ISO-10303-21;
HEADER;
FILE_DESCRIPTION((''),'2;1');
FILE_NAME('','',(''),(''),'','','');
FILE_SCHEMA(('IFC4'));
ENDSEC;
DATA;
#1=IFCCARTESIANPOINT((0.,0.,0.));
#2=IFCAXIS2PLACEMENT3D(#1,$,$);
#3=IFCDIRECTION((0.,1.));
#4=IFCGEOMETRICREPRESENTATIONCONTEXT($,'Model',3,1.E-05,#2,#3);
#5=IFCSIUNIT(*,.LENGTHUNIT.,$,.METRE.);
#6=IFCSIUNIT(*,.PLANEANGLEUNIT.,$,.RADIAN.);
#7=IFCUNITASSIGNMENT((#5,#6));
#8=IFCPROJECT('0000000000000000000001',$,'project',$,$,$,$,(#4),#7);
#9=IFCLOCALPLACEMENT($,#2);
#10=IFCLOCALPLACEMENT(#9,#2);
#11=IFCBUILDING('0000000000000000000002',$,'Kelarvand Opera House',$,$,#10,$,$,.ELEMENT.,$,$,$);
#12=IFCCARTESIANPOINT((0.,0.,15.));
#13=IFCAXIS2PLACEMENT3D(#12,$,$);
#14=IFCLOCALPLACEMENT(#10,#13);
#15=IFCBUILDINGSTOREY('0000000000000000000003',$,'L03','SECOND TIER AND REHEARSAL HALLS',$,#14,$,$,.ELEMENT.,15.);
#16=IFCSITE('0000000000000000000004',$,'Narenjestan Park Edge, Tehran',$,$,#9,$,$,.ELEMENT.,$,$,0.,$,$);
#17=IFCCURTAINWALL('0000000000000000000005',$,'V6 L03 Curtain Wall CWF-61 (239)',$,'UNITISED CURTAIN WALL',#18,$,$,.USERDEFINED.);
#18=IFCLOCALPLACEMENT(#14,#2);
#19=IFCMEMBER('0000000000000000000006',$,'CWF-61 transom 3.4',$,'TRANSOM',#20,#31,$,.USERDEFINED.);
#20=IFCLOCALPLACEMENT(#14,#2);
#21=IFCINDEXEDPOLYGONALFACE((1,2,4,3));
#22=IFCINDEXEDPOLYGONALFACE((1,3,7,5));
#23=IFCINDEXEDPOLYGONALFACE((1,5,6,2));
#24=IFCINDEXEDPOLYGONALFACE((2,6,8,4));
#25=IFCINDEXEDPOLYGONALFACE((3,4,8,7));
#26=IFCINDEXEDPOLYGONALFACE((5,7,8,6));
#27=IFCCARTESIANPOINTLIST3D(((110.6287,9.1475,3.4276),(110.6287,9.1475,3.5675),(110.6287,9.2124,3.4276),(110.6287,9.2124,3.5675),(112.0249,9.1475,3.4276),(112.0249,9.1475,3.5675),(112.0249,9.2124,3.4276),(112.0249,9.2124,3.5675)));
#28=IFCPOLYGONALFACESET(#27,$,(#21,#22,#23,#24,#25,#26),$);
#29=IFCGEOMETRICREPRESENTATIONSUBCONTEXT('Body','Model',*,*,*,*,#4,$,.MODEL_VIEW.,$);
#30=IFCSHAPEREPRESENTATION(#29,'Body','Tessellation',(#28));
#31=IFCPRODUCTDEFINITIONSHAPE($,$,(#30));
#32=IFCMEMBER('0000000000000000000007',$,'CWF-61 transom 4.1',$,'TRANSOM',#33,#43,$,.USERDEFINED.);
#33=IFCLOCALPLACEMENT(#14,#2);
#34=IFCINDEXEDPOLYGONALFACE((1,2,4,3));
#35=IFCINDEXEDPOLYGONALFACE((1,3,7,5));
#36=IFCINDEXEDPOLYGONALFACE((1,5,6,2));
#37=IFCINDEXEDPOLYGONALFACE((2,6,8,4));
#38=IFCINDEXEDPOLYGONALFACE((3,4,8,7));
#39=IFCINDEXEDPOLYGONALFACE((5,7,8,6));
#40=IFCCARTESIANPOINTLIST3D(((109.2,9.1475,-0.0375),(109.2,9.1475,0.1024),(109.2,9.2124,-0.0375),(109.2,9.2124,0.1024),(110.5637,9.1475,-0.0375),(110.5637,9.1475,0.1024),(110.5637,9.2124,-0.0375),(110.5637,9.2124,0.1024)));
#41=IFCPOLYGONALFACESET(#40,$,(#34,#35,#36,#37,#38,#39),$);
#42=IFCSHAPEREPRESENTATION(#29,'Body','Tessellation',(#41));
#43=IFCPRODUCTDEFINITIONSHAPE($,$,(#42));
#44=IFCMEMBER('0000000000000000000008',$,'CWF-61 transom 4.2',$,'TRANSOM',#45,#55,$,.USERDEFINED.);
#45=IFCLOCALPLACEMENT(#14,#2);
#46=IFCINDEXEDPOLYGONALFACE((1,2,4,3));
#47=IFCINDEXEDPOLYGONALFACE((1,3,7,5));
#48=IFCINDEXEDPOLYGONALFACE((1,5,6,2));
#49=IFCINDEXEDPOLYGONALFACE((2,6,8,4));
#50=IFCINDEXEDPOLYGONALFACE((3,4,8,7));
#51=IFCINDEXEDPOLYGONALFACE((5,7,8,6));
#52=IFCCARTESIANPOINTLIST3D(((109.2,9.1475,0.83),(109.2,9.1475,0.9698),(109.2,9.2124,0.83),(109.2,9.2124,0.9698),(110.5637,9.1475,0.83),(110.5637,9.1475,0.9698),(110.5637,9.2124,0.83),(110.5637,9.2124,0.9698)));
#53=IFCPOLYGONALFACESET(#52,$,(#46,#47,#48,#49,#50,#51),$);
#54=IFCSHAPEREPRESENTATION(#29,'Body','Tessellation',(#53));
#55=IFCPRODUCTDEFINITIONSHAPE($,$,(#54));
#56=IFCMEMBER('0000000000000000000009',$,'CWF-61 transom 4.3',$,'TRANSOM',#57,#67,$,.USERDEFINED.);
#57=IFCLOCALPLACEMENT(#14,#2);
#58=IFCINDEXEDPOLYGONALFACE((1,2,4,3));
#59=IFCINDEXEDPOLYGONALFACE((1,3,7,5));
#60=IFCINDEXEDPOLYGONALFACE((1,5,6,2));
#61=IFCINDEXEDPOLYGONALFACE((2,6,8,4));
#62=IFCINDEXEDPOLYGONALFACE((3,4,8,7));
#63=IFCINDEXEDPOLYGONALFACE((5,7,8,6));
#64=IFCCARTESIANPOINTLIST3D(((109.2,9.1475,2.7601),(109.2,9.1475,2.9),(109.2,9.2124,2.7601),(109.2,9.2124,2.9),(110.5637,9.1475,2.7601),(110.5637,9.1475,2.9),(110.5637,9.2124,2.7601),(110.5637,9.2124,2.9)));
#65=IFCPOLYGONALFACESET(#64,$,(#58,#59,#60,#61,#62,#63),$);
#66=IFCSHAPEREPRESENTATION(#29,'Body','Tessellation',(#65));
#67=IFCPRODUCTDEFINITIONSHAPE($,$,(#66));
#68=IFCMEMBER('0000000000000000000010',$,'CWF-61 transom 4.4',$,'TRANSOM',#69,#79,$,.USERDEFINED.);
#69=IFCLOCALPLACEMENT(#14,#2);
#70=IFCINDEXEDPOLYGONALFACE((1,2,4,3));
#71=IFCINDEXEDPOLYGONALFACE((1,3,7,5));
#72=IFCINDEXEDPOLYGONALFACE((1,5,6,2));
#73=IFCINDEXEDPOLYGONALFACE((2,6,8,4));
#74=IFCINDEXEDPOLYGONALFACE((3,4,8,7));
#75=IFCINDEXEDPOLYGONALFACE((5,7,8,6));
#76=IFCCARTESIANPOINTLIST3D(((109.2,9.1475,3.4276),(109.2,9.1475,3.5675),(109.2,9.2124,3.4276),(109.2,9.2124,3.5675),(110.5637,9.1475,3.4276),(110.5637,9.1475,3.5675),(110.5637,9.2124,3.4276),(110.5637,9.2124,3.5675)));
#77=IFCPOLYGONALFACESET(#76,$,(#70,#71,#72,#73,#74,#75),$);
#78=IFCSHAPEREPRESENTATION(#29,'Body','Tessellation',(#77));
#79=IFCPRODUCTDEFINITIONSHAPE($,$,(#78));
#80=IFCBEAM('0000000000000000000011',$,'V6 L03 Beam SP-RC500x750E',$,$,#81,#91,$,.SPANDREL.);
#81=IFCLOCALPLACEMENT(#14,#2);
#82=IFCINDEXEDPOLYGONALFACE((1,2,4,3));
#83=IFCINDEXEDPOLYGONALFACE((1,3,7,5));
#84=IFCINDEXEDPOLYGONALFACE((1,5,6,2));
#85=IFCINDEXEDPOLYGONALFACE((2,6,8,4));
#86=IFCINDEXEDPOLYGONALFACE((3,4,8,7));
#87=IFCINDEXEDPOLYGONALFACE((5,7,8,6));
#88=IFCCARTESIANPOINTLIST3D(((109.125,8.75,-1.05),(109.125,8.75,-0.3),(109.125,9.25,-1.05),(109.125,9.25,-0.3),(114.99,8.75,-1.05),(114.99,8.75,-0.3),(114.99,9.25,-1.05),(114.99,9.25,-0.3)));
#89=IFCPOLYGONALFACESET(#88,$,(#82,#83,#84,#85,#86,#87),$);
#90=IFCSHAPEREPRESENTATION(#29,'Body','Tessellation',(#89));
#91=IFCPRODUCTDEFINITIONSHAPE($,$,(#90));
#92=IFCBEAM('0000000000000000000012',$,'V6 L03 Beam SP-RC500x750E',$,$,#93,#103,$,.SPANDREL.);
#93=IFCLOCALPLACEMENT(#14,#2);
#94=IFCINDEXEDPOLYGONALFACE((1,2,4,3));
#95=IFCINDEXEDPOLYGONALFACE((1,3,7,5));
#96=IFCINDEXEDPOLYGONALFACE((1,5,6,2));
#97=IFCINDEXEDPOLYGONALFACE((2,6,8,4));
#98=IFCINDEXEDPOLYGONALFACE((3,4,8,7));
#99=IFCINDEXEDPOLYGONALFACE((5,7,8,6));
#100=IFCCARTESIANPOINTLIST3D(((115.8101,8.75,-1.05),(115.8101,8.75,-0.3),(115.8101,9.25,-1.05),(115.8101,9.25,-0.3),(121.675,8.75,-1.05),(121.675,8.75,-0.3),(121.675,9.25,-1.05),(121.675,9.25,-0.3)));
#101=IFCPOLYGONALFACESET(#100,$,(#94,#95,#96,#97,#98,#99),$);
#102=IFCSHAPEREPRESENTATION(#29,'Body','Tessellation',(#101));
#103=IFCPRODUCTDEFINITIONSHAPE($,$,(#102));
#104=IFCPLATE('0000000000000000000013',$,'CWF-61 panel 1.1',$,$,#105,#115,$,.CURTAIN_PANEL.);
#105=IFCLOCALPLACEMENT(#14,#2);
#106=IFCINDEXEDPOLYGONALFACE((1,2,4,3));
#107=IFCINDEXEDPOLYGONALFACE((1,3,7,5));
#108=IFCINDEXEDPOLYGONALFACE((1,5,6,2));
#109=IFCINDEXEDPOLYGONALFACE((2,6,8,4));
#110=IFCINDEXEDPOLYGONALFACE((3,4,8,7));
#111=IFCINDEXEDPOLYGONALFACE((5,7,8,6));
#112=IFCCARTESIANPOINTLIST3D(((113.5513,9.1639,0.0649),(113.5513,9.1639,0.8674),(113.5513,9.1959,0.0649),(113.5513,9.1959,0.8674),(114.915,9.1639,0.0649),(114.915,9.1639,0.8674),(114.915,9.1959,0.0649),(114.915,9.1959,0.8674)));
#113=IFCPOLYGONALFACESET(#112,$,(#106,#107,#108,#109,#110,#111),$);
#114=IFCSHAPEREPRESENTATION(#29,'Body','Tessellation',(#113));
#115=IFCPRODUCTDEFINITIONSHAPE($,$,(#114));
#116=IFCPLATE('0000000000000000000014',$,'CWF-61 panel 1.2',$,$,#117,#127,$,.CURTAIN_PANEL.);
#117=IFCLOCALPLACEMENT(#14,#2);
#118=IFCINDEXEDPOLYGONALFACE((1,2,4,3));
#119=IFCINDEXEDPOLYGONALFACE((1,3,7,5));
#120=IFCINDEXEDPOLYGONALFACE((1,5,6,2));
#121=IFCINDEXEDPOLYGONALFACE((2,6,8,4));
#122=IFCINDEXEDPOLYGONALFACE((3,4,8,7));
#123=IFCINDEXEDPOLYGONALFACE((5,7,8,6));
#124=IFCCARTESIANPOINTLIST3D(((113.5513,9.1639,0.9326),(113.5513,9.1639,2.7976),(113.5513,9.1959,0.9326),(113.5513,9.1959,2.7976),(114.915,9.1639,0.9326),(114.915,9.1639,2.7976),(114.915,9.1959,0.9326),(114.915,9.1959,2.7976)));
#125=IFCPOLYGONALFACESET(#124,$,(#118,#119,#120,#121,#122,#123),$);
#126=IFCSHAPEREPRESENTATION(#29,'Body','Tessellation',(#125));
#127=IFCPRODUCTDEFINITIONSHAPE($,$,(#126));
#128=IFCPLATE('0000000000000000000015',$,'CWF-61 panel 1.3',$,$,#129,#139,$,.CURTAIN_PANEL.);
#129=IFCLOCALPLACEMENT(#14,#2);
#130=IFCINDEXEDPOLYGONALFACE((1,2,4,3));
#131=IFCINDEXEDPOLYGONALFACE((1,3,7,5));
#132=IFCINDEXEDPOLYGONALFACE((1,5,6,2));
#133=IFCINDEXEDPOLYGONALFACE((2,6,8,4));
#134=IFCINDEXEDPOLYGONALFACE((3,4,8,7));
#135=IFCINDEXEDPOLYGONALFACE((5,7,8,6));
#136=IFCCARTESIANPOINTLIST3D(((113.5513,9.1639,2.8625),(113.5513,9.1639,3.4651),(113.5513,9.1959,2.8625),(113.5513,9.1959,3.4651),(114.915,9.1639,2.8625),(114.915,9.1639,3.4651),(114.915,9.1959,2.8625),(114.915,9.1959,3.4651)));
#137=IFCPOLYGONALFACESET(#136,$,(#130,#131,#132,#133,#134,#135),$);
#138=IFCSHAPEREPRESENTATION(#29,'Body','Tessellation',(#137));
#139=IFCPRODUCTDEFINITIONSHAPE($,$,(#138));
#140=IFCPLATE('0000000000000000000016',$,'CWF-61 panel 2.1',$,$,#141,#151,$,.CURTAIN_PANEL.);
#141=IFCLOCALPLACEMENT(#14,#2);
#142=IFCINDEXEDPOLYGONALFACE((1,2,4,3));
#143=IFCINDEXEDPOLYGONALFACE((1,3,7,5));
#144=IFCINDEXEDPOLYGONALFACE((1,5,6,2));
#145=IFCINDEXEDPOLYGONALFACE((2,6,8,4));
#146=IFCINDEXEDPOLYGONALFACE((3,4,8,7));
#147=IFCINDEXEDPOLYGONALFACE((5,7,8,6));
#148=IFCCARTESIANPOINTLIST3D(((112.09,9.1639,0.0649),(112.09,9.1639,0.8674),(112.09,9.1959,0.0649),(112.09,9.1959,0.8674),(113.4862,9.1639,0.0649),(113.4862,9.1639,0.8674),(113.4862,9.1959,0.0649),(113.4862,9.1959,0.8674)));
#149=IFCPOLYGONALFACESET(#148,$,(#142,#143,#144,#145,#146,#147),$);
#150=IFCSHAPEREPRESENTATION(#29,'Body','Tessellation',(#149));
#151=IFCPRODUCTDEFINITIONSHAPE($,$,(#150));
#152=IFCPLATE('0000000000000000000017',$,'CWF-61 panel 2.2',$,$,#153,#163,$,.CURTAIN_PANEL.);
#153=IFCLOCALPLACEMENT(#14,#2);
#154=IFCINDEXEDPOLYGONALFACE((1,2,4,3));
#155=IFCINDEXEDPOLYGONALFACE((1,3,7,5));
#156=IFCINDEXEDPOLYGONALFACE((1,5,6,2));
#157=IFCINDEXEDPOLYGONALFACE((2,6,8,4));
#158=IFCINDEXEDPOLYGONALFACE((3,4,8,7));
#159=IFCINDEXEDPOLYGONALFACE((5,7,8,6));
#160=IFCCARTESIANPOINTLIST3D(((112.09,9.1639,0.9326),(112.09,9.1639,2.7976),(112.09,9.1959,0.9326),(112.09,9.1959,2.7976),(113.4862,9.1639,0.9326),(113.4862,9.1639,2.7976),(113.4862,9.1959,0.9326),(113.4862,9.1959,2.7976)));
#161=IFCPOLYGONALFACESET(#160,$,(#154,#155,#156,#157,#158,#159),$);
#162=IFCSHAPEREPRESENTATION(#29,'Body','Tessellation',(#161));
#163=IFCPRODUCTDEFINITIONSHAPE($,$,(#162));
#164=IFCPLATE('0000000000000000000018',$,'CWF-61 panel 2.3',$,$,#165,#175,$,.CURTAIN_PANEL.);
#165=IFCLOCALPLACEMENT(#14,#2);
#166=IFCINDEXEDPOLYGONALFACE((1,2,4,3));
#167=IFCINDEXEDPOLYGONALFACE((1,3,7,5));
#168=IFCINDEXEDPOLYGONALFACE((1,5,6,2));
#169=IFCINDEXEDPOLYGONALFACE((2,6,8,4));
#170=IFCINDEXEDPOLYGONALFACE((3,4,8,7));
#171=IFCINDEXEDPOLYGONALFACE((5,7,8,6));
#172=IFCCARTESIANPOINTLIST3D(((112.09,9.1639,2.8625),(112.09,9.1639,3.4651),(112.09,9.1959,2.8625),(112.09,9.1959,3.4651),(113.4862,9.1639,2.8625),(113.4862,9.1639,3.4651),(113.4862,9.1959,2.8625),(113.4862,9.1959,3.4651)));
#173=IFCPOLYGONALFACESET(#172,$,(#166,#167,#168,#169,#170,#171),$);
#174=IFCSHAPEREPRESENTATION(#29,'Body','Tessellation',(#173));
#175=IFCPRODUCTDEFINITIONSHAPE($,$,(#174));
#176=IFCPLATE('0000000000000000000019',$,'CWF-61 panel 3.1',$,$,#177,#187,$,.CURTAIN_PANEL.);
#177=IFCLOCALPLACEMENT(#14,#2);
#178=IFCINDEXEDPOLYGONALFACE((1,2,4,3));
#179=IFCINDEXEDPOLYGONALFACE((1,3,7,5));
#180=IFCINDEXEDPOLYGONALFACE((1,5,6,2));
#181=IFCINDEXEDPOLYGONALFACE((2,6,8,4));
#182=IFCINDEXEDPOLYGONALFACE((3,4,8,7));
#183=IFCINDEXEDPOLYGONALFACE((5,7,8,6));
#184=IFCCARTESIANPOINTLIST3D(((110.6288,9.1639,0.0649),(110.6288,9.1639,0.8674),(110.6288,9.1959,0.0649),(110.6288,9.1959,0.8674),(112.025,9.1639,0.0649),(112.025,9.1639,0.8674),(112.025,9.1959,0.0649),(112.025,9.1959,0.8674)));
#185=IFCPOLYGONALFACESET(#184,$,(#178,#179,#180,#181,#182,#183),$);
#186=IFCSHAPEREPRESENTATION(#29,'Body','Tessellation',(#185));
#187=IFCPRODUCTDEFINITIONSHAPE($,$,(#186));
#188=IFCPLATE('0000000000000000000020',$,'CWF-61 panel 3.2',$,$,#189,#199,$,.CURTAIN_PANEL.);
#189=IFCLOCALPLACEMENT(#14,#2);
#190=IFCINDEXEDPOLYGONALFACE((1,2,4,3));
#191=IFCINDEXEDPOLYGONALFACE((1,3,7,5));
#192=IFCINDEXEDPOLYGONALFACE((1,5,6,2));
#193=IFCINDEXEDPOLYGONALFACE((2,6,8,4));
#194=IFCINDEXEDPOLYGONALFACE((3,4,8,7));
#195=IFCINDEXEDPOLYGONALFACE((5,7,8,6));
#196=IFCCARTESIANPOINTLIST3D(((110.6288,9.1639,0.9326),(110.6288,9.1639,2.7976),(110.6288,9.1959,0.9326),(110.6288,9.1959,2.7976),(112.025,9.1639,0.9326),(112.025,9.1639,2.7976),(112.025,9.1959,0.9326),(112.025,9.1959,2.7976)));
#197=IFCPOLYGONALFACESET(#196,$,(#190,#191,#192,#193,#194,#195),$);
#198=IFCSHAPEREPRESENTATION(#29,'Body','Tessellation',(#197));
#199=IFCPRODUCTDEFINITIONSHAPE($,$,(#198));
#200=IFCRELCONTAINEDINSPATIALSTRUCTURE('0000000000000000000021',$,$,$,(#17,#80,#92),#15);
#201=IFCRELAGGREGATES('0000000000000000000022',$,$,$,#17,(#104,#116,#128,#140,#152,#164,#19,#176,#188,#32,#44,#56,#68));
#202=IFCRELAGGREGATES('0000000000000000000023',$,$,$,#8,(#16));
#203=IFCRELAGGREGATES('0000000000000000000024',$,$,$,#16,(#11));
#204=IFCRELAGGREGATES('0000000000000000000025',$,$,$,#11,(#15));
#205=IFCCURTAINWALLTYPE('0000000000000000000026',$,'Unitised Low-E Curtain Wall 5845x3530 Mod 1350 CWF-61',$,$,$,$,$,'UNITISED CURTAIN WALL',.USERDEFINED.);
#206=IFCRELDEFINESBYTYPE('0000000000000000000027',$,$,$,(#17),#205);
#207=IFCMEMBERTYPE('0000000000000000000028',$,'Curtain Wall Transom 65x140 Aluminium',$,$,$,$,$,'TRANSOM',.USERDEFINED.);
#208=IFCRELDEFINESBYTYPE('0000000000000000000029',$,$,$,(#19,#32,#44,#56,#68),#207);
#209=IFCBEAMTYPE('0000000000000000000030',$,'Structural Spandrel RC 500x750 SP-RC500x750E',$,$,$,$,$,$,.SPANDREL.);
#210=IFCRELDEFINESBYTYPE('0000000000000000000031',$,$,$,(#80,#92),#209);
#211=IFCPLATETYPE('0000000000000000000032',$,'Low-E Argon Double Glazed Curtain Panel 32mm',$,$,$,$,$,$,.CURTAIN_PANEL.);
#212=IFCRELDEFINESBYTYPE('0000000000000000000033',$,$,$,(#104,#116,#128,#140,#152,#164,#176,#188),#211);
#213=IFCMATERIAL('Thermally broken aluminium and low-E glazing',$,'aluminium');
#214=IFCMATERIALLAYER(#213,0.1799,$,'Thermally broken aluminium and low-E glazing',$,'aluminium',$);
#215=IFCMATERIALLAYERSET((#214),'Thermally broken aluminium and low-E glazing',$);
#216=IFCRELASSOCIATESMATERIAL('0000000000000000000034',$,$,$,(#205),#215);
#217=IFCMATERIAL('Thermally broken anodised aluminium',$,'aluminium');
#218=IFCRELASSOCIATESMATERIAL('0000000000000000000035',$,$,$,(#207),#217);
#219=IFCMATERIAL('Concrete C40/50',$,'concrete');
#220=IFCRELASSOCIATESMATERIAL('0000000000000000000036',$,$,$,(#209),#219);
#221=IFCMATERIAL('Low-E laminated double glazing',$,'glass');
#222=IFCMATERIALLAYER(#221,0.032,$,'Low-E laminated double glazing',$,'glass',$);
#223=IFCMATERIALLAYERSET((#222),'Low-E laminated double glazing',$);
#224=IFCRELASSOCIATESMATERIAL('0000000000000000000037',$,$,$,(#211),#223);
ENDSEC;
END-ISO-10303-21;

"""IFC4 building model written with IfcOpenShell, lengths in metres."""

from ifc_helpers import new_model, si_unit, direction, frame, origin, origin_2d, place, context, subcontext, project, spatial, rectangle, extrude, material, layer, layer_set, material_profile, profile_set, type_object, element, aggregate, save


model = new_model("IFC4")

# Units and contexts
model_context = context("Model", 3, precision=1e-05, world=origin(), true_north=direction((0.0, 1.0)))
body_context = subcontext(model_context, "Body", "Model", "MODEL_VIEW")
ifc_project = project(units=[si_unit("LENGTHUNIT", "METRE"), si_unit("PLANEANGLEUNIT", "RADIAN")], contexts=[model_context])

# Site, building, storey
site_placement = place(None, origin())
site = spatial("IfcSite", under=ifc_project, at=site_placement, Name="Narenjestan Park Edge, Tehran", CompositionType="ELEMENT", RefElevation=0.0)
building_placement = place(site_placement, origin())
building = spatial("IfcBuilding", under=site, at=building_placement, Name="Kelarvand Opera House", CompositionType="ELEMENT")
storey_placement = place(building_placement, frame((0.0, 0.0, 15.0)))
storey = spatial("IfcBuildingStorey", under=building, at=storey_placement, Name="L03", Description="SECOND TIER AND REHEARSAL HALLS", CompositionType="ELEMENT", Elevation=15.0)

# Shared definitions
ifc_material_1 = material(Name="Concrete C40/50", Category="concrete")

# Curtain wall, members
ifc_material_2 = material(Name="Thermally broken aluminium and low-E glazing", Category="aluminium")
ifc_layer_1 = layer(ifc_material_2, 0.1799, Name="Thermally broken aluminium and low-E glazing", Category="aluminium")
ifc_layer_set_1 = layer_set([ifc_layer_1], Name="Thermally broken aluminium and low-E glazing")
curtain_wall_type = type_object("IfcCurtainWallType", Name="Unitised Low-E Curtain Wall 5845x3530 Mod 1350 CWF-61", ElementType="UNITISED CURTAIN WALL", PredefinedType="USERDEFINED", material=ifc_layer_set_1)
curtain_wall_placement = place(storey_placement, origin())
curtain_wall = element("IfcCurtainWall", 1, at=curtain_wall_placement, inside=storey, type_object=curtain_wall_type, Name="V6 L03 Curtain Wall CWF-61 (239)", ObjectType="UNITISED CURTAIN WALL", PredefinedType="USERDEFINED")
ifc_material_3 = material(Name="Thermally broken anodised aluminium", Category="aluminium")
ifc_material_profile_1 = material_profile(ifc_material_3, rectangle(XDim=0.0649, YDim=0.1399, at=origin_2d()), Name="ALU TRANSOM 65x140", Category="aluminium")
ifc_profile_set_1 = profile_set([ifc_material_profile_1], Name="Thermally broken anodised aluminium")
member_type_1 = type_object("IfcMemberType", Name="Curtain Wall Transom 65x140 Aluminium", ElementType="TRANSOM", PredefinedType="USERDEFINED", material=ifc_profile_set_1)
member_1_placement = place(storey_placement, frame((112.0249, 9.1799, 3.4976), z_axis=(-1.0, 0.0, 0.0), x_axis=(0.0, -1.0, 0.0)))
member_1 = element("IfcMember", 2, at=member_1_placement, type_object=member_type_1, Name="CWF-61 transom 3.4", ObjectType="TRANSOM", PredefinedType="USERDEFINED", context=body_context, shape_type="SweptSolid", body=[
    extrude(rectangle(XDim=0.0649, YDim=0.1399, at=origin_2d()), origin(), (0.0, 0.0, 1.0), 1.3962),
])
member_2_placement = place(storey_placement, frame((110.5637, 9.1799, 0.0325), z_axis=(-1.0, 0.0, 0.0), x_axis=(0.0, -1.0, 0.0)))
member_2 = element("IfcMember", 3, at=member_2_placement, type_object=member_type_1, Name="CWF-61 transom 4.1", ObjectType="TRANSOM", PredefinedType="USERDEFINED", context=body_context, shape_type="SweptSolid", body=[
    extrude(rectangle(XDim=0.0649, YDim=0.1399, at=origin_2d()), origin(), (0.0, 0.0, 1.0), 1.3638),
])
member_3_placement = place(storey_placement, frame((110.5637, 9.1799, 0.8999), z_axis=(-1.0, 0.0, 0.0), x_axis=(0.0, -1.0, 0.0)))
member_3 = element("IfcMember", 4, at=member_3_placement, type_object=member_type_1, Name="CWF-61 transom 4.2", ObjectType="TRANSOM", PredefinedType="USERDEFINED", context=body_context, shape_type="SweptSolid", body=[
    extrude(rectangle(XDim=0.0649, YDim=0.1399, at=origin_2d()), origin(), (0.0, 0.0, 1.0), 1.3638),
])
member_4_placement = place(storey_placement, frame((110.5637, 9.1799, 2.8301), z_axis=(-1.0, 0.0, 0.0), x_axis=(0.0, -1.0, 0.0)))
member_4 = element("IfcMember", 5, at=member_4_placement, type_object=member_type_1, Name="CWF-61 transom 4.3", ObjectType="TRANSOM", PredefinedType="USERDEFINED", context=body_context, shape_type="SweptSolid", body=[
    extrude(rectangle(XDim=0.0649, YDim=0.1399, at=origin_2d()), origin(), (0.0, 0.0, 1.0), 1.3638),
])
member_5_placement = place(storey_placement, frame((110.5637, 9.1799, 3.4976), z_axis=(-1.0, 0.0, 0.0), x_axis=(0.0, -1.0, 0.0)))
member_5 = element("IfcMember", 6, at=member_5_placement, type_object=member_type_1, Name="CWF-61 transom 4.4", ObjectType="TRANSOM", PredefinedType="USERDEFINED", context=body_context, shape_type="SweptSolid", body=[
    extrude(rectangle(XDim=0.0649, YDim=0.1399, at=origin_2d()), origin(), (0.0, 0.0, 1.0), 1.3638),
])

# Beams
ifc_material_profile_2 = material_profile(ifc_material_1, rectangle(XDim=0.5, YDim=0.75, at=origin_2d()), Name="RC 500x750", Category="concrete")
ifc_profile_set_2 = profile_set([ifc_material_profile_2], Name="Concrete C40/50")
beam_type = type_object("IfcBeamType", Name="Structural Spandrel RC 500x750 SP-RC500x750E", PredefinedType="SPANDREL", material=ifc_profile_set_2)
for number, where, z_axis, x_axis, name in (
    (7, (109.125, 9.0, -0.675), (1.0, 0.0, 0.0), (0.0, 1.0, 0.0), "V6 L03 Beam SP-RC500x750E"),
    (8, (115.8101, 9.0, -0.675), (1.0, 0.0, 0.0), (0.0, 1.0, 0.0), "V6 L03 Beam SP-RC500x750E"),
):
    element("IfcBeam", number, at=place(storey_placement, frame(where, z_axis=z_axis, x_axis=x_axis)), inside=storey, type_object=beam_type, Name=name, PredefinedType="SPANDREL", context=body_context, shape_type="SweptSolid", body=[
        extrude(rectangle(XDim=0.5, YDim=0.75, at=origin_2d()), origin(), (0.0, 0.0, 1.0), 5.865),
    ])

# Plates
ifc_material_4 = material(Name="Low-E laminated double glazing", Category="glass")
ifc_layer_2 = layer(ifc_material_4, 0.032, Name="Low-E laminated double glazing", Category="glass")
ifc_layer_set_2 = layer_set([ifc_layer_2], Name="Low-E laminated double glazing")
plate_type = type_object("IfcPlateType", Name="Low-E Argon Double Glazed Curtain Panel 32mm", PredefinedType="CURTAIN_PANEL", material=ifc_layer_set_2)
plate_1_placement = place(storey_placement, frame((114.2332, 9.1799, 0.0649), z_axis=(0.0, 0.0, 1.0), x_axis=(-1.0, 0.0, 0.0)))
plate_1 = element("IfcPlate", 9, at=plate_1_placement, type_object=plate_type, Name="CWF-61 panel 1.1", PredefinedType="CURTAIN_PANEL", context=body_context, shape_type="SweptSolid", body=[
    extrude(rectangle(XDim=1.3638, YDim=0.032, at=origin_2d()), origin(), (0.0, 0.0, 1.0), 0.8025),
])
plate_2_placement = place(storey_placement, frame((114.2332, 9.1799, 0.9326), z_axis=(0.0, 0.0, 1.0), x_axis=(-1.0, 0.0, 0.0)))
plate_2 = element("IfcPlate", 10, at=plate_2_placement, type_object=plate_type, Name="CWF-61 panel 1.2", PredefinedType="CURTAIN_PANEL", context=body_context, shape_type="SweptSolid", body=[
    extrude(rectangle(XDim=1.3638, YDim=0.032, at=origin_2d()), origin(), (0.0, 0.0, 1.0), 1.865),
])
plate_3_placement = place(storey_placement, frame((114.2332, 9.1799, 2.8625), z_axis=(0.0, 0.0, 1.0), x_axis=(-1.0, 0.0, 0.0)))
plate_3 = element("IfcPlate", 11, at=plate_3_placement, type_object=plate_type, Name="CWF-61 panel 1.3", PredefinedType="CURTAIN_PANEL", context=body_context, shape_type="SweptSolid", body=[
    extrude(rectangle(XDim=1.3638, YDim=0.032, at=origin_2d()), origin(), (0.0, 0.0, 1.0), 0.6025),
])
plate_4_placement = place(storey_placement, frame((112.7881, 9.1799, 0.0649), z_axis=(0.0, 0.0, 1.0), x_axis=(-1.0, 0.0, 0.0)))
plate_4 = element("IfcPlate", 12, at=plate_4_placement, type_object=plate_type, Name="CWF-61 panel 2.1", PredefinedType="CURTAIN_PANEL", context=body_context, shape_type="SweptSolid", body=[
    extrude(rectangle(XDim=1.3962, YDim=0.032, at=origin_2d()), origin(), (0.0, 0.0, 1.0), 0.8025),
])
plate_5_placement = place(storey_placement, frame((112.7881, 9.1799, 0.9326), z_axis=(0.0, 0.0, 1.0), x_axis=(-1.0, 0.0, 0.0)))
plate_5 = element("IfcPlate", 13, at=plate_5_placement, type_object=plate_type, Name="CWF-61 panel 2.2", PredefinedType="CURTAIN_PANEL", context=body_context, shape_type="SweptSolid", body=[
    extrude(rectangle(XDim=1.3962, YDim=0.032, at=origin_2d()), origin(), (0.0, 0.0, 1.0), 1.865),
])
plate_6_placement = place(storey_placement, frame((112.7881, 9.1799, 2.8625), z_axis=(0.0, 0.0, 1.0), x_axis=(-1.0, 0.0, 0.0)))
plate_6 = element("IfcPlate", 14, at=plate_6_placement, type_object=plate_type, Name="CWF-61 panel 2.3", PredefinedType="CURTAIN_PANEL", context=body_context, shape_type="SweptSolid", body=[
    extrude(rectangle(XDim=1.3962, YDim=0.032, at=origin_2d()), origin(), (0.0, 0.0, 1.0), 0.6025),
])
plate_7_placement = place(storey_placement, frame((111.3269, 9.1799, 0.0649), z_axis=(0.0, 0.0, 1.0), x_axis=(-1.0, 0.0, 0.0)))
plate_7 = element("IfcPlate", 15, at=plate_7_placement, type_object=plate_type, Name="CWF-61 panel 3.1", PredefinedType="CURTAIN_PANEL", context=body_context, shape_type="SweptSolid", body=[
    extrude(rectangle(XDim=1.3962, YDim=0.032, at=origin_2d()), origin(), (0.0, 0.0, 1.0), 0.8025),
])
plate_8_placement = place(storey_placement, frame((111.3269, 9.1799, 0.9326), z_axis=(0.0, 0.0, 1.0), x_axis=(-1.0, 0.0, 0.0)))
plate_8 = element("IfcPlate", 16, at=plate_8_placement, type_object=plate_type, Name="CWF-61 panel 3.2", PredefinedType="CURTAIN_PANEL", context=body_context, shape_type="SweptSolid", body=[
    extrude(rectangle(XDim=1.3962, YDim=0.032, at=origin_2d()), origin(), (0.0, 0.0, 1.0), 1.865),
])
aggregate(curtain_wall, [plate_1, plate_2, plate_3, plate_4, plate_5, plate_6, member_1, plate_7, plate_8, member_2, member_3, member_4, member_5])

save(model, "model.ifc")
